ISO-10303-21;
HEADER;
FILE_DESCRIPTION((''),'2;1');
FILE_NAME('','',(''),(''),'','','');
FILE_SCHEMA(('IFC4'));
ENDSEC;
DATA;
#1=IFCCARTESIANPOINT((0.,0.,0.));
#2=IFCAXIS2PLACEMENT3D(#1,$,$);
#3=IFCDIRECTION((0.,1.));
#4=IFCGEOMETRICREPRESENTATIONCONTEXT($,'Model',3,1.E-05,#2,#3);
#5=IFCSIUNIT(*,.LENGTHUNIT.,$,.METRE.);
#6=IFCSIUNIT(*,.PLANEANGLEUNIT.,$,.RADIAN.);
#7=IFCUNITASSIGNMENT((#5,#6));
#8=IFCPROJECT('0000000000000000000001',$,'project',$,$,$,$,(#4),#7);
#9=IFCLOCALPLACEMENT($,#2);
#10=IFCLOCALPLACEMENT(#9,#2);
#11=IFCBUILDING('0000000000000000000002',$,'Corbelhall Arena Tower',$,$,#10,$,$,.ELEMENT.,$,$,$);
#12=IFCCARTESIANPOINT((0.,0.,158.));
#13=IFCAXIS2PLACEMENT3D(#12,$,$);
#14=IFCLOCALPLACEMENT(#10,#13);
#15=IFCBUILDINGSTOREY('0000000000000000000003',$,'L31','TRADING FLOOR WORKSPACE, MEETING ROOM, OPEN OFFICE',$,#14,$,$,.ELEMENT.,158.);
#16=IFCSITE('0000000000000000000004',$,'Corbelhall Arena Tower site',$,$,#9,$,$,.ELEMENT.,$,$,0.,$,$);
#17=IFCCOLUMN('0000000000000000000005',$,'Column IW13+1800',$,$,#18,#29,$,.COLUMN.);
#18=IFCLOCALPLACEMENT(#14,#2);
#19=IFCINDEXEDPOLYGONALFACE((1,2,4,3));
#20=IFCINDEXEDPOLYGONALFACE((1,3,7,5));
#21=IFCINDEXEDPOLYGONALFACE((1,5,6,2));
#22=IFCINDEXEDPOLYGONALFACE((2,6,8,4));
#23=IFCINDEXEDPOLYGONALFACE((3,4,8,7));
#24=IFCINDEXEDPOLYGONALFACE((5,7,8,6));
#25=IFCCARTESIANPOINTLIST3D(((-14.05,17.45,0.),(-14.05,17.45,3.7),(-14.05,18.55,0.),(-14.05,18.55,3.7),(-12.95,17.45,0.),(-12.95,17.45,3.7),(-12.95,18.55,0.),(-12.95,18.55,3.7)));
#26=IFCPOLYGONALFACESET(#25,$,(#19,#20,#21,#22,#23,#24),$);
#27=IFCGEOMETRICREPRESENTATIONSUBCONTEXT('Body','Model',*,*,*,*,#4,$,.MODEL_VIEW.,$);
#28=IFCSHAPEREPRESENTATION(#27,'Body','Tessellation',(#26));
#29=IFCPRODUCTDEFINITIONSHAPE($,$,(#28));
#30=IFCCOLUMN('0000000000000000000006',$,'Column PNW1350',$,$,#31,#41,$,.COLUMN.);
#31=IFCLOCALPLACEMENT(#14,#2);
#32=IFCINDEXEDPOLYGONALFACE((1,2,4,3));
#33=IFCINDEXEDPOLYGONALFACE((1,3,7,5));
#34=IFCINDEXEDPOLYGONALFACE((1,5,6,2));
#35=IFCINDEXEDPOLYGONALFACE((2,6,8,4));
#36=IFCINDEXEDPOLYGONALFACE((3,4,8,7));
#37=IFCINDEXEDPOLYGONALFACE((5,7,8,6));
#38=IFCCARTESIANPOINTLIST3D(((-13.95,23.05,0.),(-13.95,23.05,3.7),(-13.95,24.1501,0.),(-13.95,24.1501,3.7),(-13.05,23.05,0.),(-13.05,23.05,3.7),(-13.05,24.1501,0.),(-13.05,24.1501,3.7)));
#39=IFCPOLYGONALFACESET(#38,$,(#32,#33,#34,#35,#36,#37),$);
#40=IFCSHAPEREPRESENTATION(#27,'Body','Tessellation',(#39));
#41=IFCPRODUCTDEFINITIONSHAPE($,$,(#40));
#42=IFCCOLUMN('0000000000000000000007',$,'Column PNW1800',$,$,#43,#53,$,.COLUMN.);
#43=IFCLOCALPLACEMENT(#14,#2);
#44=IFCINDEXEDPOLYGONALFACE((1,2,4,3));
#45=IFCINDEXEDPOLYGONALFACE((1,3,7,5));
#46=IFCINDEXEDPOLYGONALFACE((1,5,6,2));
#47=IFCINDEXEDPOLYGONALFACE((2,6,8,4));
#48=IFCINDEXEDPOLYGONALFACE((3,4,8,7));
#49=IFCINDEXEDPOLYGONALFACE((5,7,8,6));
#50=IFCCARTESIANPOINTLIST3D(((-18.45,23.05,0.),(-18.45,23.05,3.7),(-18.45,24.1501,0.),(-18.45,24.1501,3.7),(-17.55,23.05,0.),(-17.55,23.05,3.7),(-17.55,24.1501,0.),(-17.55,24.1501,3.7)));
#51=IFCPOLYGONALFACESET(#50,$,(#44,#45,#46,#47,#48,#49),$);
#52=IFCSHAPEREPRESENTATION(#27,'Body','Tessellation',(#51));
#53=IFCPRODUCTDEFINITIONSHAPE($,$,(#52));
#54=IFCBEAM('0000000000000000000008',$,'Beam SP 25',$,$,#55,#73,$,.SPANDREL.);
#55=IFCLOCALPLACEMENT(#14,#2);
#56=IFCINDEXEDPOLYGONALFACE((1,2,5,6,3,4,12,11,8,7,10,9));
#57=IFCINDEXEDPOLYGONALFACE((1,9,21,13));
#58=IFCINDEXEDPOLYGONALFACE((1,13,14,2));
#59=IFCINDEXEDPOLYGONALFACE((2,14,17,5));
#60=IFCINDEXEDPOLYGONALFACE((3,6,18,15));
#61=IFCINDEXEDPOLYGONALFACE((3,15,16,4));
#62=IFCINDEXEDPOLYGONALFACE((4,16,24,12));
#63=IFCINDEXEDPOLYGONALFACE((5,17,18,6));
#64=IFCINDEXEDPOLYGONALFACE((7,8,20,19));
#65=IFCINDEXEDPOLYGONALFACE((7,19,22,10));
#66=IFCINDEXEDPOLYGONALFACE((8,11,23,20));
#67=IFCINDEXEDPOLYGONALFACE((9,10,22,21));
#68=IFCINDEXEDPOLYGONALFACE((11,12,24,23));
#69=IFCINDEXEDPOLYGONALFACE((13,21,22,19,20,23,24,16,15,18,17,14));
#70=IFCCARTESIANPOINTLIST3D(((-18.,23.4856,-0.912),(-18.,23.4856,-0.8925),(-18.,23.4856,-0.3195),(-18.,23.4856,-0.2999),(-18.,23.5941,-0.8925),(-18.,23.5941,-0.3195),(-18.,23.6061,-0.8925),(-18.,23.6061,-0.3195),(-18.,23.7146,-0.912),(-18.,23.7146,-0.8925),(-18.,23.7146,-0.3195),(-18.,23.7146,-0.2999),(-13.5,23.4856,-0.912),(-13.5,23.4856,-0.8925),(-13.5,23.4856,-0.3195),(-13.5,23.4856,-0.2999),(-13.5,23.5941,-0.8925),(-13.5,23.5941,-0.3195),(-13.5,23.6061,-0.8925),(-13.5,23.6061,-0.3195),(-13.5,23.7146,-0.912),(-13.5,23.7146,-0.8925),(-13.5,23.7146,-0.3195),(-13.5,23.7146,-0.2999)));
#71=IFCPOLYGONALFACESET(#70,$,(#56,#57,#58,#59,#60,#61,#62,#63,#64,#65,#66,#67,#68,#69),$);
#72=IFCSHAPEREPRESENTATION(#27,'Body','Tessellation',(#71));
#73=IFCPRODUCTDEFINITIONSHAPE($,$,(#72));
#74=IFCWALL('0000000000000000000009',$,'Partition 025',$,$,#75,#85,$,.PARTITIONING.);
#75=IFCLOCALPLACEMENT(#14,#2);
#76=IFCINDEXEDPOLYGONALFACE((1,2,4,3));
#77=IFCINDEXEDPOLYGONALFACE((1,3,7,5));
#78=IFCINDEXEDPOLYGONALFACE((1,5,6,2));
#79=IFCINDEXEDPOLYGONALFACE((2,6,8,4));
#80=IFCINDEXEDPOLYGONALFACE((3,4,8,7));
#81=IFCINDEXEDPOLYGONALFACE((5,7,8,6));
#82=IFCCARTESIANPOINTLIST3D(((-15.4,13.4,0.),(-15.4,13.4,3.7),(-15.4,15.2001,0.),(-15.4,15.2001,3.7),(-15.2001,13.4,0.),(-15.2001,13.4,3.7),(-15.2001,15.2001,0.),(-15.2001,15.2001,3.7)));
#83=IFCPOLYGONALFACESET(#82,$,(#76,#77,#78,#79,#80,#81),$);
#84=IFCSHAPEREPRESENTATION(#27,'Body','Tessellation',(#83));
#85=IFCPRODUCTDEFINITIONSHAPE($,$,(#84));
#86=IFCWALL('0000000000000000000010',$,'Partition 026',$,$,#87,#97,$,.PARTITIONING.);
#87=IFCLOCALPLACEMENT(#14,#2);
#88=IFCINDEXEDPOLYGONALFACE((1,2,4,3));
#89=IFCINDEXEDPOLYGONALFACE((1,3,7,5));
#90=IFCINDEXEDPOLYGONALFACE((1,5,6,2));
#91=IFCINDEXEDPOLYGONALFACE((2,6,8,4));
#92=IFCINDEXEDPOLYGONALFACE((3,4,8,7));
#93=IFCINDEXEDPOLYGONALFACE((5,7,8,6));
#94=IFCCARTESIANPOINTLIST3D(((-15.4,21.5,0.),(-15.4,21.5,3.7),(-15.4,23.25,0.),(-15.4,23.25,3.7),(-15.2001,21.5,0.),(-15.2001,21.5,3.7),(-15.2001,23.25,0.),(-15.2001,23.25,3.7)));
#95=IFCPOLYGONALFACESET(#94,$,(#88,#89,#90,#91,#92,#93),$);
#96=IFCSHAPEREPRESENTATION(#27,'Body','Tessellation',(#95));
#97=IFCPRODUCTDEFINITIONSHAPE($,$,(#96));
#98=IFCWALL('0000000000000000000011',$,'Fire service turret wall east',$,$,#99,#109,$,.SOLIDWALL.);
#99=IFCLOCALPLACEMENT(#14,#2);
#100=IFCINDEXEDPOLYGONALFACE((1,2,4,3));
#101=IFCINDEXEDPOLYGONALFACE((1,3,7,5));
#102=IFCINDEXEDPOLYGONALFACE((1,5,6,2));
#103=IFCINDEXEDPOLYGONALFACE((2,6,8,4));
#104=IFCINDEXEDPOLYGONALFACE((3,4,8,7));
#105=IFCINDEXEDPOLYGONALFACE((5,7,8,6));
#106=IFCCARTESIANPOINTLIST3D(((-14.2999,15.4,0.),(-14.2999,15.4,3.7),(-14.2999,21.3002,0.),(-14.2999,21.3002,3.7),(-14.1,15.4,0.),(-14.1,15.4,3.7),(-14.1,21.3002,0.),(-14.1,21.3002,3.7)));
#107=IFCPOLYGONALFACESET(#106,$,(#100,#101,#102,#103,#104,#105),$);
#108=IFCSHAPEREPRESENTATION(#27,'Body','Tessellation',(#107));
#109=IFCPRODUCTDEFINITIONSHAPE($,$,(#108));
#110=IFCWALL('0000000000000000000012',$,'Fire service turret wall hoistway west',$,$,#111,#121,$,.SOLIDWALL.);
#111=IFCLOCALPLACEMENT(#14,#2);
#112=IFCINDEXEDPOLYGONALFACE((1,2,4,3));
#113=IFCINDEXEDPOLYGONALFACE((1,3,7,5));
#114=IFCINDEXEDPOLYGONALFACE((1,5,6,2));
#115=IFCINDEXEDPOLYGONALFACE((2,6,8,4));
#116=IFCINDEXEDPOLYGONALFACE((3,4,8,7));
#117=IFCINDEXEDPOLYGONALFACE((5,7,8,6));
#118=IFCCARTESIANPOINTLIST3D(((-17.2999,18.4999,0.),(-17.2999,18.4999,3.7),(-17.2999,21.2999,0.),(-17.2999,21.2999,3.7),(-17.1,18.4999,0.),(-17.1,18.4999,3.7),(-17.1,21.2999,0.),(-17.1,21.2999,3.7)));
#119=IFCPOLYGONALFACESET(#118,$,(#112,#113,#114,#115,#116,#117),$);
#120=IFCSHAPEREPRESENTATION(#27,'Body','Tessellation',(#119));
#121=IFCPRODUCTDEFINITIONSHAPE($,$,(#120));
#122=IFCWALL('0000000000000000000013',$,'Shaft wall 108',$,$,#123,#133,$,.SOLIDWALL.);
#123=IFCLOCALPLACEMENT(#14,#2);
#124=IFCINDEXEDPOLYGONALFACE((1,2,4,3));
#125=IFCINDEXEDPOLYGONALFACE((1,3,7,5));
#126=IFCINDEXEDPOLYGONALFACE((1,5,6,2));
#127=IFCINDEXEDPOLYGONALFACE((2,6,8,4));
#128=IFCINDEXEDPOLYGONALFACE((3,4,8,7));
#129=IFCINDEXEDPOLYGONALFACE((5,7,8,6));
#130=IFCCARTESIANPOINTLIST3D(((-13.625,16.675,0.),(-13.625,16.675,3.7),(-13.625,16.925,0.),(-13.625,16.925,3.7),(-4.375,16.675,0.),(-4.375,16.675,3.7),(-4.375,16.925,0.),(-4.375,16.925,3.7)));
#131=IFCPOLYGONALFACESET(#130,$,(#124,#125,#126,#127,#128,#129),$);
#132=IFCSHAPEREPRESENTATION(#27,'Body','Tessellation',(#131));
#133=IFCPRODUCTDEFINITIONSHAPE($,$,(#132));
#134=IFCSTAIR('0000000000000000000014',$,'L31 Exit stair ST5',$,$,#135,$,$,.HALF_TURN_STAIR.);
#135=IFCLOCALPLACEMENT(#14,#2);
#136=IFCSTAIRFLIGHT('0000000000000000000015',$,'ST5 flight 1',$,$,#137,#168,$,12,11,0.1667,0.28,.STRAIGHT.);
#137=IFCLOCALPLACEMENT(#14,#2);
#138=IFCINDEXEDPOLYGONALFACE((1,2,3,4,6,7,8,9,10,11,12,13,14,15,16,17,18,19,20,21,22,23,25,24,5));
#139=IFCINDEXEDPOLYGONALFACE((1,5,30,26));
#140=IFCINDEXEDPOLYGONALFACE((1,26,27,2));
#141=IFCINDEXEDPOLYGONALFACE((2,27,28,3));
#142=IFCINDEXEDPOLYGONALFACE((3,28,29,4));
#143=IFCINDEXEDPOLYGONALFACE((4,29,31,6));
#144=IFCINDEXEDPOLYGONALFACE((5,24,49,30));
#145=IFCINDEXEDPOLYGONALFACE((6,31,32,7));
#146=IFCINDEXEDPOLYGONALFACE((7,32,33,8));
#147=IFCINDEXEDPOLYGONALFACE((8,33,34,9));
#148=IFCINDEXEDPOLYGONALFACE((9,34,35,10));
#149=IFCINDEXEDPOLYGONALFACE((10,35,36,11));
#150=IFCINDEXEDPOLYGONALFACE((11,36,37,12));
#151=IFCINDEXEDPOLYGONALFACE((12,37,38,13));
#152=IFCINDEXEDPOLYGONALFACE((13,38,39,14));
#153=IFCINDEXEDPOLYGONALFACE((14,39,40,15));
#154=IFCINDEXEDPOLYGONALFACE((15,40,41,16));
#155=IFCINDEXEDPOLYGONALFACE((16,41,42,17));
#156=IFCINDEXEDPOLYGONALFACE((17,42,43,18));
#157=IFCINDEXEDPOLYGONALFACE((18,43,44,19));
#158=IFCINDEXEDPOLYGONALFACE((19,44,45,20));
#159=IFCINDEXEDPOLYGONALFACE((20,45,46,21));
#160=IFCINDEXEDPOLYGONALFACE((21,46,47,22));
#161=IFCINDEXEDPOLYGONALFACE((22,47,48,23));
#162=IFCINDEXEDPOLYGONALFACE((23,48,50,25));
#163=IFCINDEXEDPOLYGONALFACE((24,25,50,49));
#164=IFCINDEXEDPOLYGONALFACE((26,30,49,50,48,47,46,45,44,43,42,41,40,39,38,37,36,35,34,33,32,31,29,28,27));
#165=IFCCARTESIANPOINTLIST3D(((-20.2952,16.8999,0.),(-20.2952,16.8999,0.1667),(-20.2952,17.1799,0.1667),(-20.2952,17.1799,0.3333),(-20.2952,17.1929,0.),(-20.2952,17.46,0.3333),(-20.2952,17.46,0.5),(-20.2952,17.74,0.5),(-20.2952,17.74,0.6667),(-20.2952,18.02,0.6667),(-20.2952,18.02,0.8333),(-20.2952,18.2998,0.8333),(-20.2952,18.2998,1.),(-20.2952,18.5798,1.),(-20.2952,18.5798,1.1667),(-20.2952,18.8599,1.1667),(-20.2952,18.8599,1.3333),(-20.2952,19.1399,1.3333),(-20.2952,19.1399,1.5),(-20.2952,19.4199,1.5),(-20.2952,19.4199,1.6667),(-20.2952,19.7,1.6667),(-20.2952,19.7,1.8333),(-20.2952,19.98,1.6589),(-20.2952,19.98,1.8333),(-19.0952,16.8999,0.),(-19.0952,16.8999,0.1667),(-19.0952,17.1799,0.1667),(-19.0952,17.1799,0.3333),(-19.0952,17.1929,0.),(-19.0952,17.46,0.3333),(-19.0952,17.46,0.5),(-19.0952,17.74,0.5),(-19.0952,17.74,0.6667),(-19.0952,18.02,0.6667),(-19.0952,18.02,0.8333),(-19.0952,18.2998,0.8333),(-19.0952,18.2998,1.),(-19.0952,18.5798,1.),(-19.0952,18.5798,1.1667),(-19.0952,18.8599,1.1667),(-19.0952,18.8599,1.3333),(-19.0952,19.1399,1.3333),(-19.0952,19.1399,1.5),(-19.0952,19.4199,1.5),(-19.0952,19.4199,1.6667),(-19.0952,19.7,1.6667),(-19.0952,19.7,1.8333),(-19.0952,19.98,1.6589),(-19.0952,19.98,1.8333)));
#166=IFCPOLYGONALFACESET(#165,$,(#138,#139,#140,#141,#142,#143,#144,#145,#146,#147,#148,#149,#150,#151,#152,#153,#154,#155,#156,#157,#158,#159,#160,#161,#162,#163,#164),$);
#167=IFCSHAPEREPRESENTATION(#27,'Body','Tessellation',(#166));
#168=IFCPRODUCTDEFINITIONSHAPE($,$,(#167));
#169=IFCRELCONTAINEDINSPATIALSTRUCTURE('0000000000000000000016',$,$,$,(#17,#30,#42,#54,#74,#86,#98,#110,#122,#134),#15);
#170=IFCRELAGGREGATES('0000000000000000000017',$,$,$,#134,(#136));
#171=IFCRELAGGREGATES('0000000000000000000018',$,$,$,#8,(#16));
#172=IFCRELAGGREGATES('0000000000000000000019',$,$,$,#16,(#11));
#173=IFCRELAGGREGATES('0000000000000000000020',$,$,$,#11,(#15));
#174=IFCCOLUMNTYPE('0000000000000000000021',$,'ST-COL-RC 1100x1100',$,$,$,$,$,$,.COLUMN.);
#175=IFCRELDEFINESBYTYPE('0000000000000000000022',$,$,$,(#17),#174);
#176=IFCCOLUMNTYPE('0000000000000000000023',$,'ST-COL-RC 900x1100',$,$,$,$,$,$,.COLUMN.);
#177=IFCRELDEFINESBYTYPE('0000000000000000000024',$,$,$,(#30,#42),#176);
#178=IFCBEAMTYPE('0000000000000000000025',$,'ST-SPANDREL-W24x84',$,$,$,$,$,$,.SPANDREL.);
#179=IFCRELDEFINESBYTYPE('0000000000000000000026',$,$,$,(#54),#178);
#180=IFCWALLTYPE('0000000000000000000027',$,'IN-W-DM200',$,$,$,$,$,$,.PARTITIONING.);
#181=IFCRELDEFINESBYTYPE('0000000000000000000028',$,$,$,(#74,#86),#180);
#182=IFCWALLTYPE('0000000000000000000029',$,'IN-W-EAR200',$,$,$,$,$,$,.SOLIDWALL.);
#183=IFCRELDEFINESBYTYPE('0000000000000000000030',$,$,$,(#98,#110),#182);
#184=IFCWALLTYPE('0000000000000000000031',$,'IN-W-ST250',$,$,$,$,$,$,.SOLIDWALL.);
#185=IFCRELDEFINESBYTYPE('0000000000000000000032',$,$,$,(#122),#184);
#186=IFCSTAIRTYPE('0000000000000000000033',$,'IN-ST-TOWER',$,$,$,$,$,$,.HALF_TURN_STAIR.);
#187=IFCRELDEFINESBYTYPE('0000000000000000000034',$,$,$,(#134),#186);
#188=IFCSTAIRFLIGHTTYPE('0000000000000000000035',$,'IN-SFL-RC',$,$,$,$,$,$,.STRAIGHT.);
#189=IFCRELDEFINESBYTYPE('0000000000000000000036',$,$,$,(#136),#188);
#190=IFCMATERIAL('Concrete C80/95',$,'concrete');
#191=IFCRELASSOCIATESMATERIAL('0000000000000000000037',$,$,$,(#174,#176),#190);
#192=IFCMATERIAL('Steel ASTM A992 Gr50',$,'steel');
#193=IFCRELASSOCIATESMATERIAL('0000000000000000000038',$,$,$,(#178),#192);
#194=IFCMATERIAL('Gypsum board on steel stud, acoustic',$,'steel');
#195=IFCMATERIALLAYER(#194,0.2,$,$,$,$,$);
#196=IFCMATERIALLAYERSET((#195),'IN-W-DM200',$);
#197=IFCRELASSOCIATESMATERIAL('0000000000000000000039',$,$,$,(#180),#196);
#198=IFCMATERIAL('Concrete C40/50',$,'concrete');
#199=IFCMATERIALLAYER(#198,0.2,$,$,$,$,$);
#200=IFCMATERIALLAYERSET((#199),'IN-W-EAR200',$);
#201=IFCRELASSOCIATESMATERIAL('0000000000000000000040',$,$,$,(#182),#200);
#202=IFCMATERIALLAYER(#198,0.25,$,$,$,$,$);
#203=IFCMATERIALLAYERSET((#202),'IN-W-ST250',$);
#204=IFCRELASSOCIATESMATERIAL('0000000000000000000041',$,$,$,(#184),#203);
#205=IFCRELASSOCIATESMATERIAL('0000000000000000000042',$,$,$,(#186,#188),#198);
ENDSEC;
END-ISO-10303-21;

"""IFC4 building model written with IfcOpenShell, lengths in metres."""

from ifc_helpers import new_model, si_unit, direction, frame, frame_2d, origin, origin_2d, place, context, subcontext, project, spatial, polyline, rectangle, i_section, outline, extrude, material, layer, layer_set, material_profile, profile_set, type_object, element, aggregate, save


model = new_model("IFC4")

# Units and contexts
model_context = context("Model", 3, precision=1e-05, world=origin(), true_north=direction((0.0, 1.0)))
body_context = subcontext(model_context, "Body", "Model", "MODEL_VIEW")
ifc_project = project(units=[si_unit("LENGTHUNIT", "METRE"), si_unit("PLANEANGLEUNIT", "RADIAN")], contexts=[model_context])

# Site, building, storey
site_placement = place(None, origin())
site = spatial("IfcSite", under=ifc_project, at=site_placement, Name="Corbelhall Arena Tower site", CompositionType="ELEMENT", RefElevation=0.0)
building_placement = place(site_placement, origin())
building = spatial("IfcBuilding", under=site, at=building_placement, Name="Corbelhall Arena Tower", CompositionType="ELEMENT")
storey_placement = place(building_placement, frame((0.0, 0.0, 158.0)))
storey = spatial("IfcBuildingStorey", under=building, at=storey_placement, Name="L31", Description="TRADING FLOOR WORKSPACE, MEETING ROOM, OPEN OFFICE", CompositionType="ELEMENT", Elevation=158.0)

# Columns
ifc_material_1 = material(Name="Concrete C80/95", Category="concrete")
ifc_material_profile_1 = material_profile(ifc_material_1, rectangle(XDim=1.1001, YDim=1.1001, at=origin_2d()))
ifc_profile_set_1 = profile_set([ifc_material_profile_1], Name="Concrete C80/95")
column_type_1 = type_object("IfcColumnType", Name="ST-COL-RC 1100x1100", PredefinedType="COLUMN", material=ifc_profile_set_1)
column_placement = place(storey_placement, frame((-13.5, 18.0, 0.0), z_axis=(0.0, 0.0, 1.0), x_axis=(1.0, 0.0, 0.0)))
element("IfcColumn", 1, at=column_placement, inside=storey, type_object=column_type_1, Name="Column IW13+1800", PredefinedType="COLUMN", context=body_context, shape_type="SweptSolid", body=[
    extrude(rectangle(XDim=1.1001, YDim=1.1001, at=origin_2d()), origin(), (0.0, 0.0, 1.0), 3.7),
])
ifc_material_profile_2 = material_profile(ifc_material_1, rectangle(XDim=0.8999, YDim=1.1001, at=origin_2d()))
ifc_profile_set_2 = profile_set([ifc_material_profile_2], Name="Concrete C80/95")
column_type_2 = type_object("IfcColumnType", Name="ST-COL-RC 900x1100", PredefinedType="COLUMN", material=ifc_profile_set_2)
for number, where, z_axis, x_axis, name in (
    (2, (-13.5, 23.6001, 0.0), (0.0, 0.0, 1.0), (1.0, 0.0, 0.0), "Column PNW1350"),
    (3, (-18.0, 23.6001, 0.0), (0.0, 0.0, 1.0), (1.0, 0.0, 0.0), "Column PNW1800"),
):
    element("IfcColumn", number, at=place(storey_placement, frame(where, z_axis=z_axis, x_axis=x_axis)), inside=storey, type_object=column_type_2, Name=name, PredefinedType="COLUMN", context=body_context, shape_type="SweptSolid", body=[
        extrude(rectangle(XDim=0.8999, YDim=1.1001, at=origin_2d()), origin(), (0.0, 0.0, 1.0), 3.7),
    ])

# Beam
ifc_material_2 = material(Name="Steel ASTM A992 Gr50", Category="steel")
ifc_material_profile_3 = material_profile(ifc_material_2, i_section(OverallWidth=0.229, OverallDepth=0.6121, WebThickness=0.012, FlangeThickness=0.0195, at=origin_2d()))
ifc_profile_set_3 = profile_set([ifc_material_profile_3], Name="Steel ASTM A992 Gr50")
beam_type = type_object("IfcBeamType", Name="ST-SPANDREL-W24x84", PredefinedType="SPANDREL", material=ifc_profile_set_3)
beam_placement = place(storey_placement, frame((-18.0, 23.6001, -0.606), z_axis=(1.0, 0.0, 0.0), x_axis=(0.0, 1.0, 0.0)))
element("IfcBeam", 4, at=beam_placement, inside=storey, type_object=beam_type, Name="Beam SP 25", PredefinedType="SPANDREL", context=body_context, shape_type="SweptSolid", body=[
    extrude(i_section(OverallWidth=0.229, OverallDepth=0.6121, WebThickness=0.012, FlangeThickness=0.0195, at=origin_2d()), origin(), (0.0, 0.0, 1.0), 4.5),
])

# Walls
ifc_material_3 = material(Name="Gypsum board on steel stud, acoustic", Category="steel")
ifc_layer_1 = layer(ifc_material_3, 0.2)
ifc_layer_set_1 = layer_set([ifc_layer_1], Name="IN-W-DM200")
wall_type_1 = type_object("IfcWallType", Name="IN-W-DM200", PredefinedType="PARTITIONING", material=ifc_layer_set_1)
wall_1_placement = place(storey_placement, frame((-15.3, 15.2, 0.0), z_axis=(0.0, 0.0, 1.0), x_axis=(0.0, -1.0, 0.0)))
element("IfcWall", 5, at=wall_1_placement, inside=storey, type_object=wall_type_1, Name="Partition 025", PredefinedType="PARTITIONING", context=body_context, shape_type="SweptSolid", body=[
    extrude(rectangle(XDim=1.8, YDim=0.2, at=frame_2d((0.8999, 0.0))), origin(), (0.0, 0.0, 1.0), 3.7),
])
wall_2_placement = place(storey_placement, frame((-15.3, 23.25, 0.0), z_axis=(0.0, 0.0, 1.0), x_axis=(0.0, -1.0, 0.0)))
element("IfcWall", 6, at=wall_2_placement, inside=storey, type_object=wall_type_1, Name="Partition 026", PredefinedType="PARTITIONING", context=body_context, shape_type="SweptSolid", body=[
    extrude(rectangle(XDim=1.75, YDim=0.2, at=frame_2d((0.875, 0.0))), origin(), (0.0, 0.0, 1.0), 3.7),
])
ifc_material_4 = material(Name="Concrete C40/50", Category="concrete")
ifc_layer_2 = layer(ifc_material_4, 0.2)
ifc_layer_set_2 = layer_set([ifc_layer_2], Name="IN-W-EAR200")
wall_type_2 = type_object("IfcWallType", Name="IN-W-EAR200", PredefinedType="SOLIDWALL", material=ifc_layer_set_2)
wall_3_placement = place(storey_placement, frame((-14.2, 15.3999, 0.0), z_axis=(0.0, 0.0, 1.0), x_axis=(0.0, 1.0, 0.0)))
element("IfcWall", 7, at=wall_3_placement, inside=storey, type_object=wall_type_2, Name="Fire service turret wall east", PredefinedType="SOLIDWALL", context=body_context, shape_type="SweptSolid", body=[
    extrude(rectangle(XDim=5.9001, YDim=0.2, at=frame_2d((2.9502, 0.0))), origin(), (0.0, 0.0, 1.0), 3.7),
])

# Wall
wall_4_placement = place(storey_placement, frame((-17.2, 18.5, 0.0), z_axis=(0.0, 0.0, 1.0), x_axis=(0.0, 1.0, 0.0)))
element("IfcWall", 8, at=wall_4_placement, inside=storey, type_object=wall_type_2, Name="Fire service turret wall hoistway west", PredefinedType="SOLIDWALL", context=body_context, shape_type="SweptSolid", body=[
    extrude(rectangle(XDim=2.8, YDim=0.2, at=frame_2d((1.3999, 0.0))), origin(), (0.0, 0.0, 1.0), 3.7),
])

# Wall
ifc_layer_3 = layer(ifc_material_4, 0.25)
ifc_layer_set_3 = layer_set([ifc_layer_3], Name="IN-W-ST250")
wall_type_3 = type_object("IfcWallType", Name="IN-W-ST250", PredefinedType="SOLIDWALL", material=ifc_layer_set_3)
wall_5_placement = place(storey_placement, frame((-13.625, 16.8, 0.0), z_axis=(0.0, 0.0, 1.0), x_axis=(1.0, 0.0, 0.0)))
element("IfcWall", 9, at=wall_5_placement, inside=storey, type_object=wall_type_3, Name="Shaft wall 108", PredefinedType="SOLIDWALL", context=body_context, shape_type="SweptSolid", body=[
    extrude(rectangle(XDim=9.25, YDim=0.25, at=frame_2d((4.625, 0.0))), origin(), (0.0, 0.0, 1.0), 3.7),
])

# Stair, stair flight
stair_type = type_object("IfcStairType", Name="IN-ST-TOWER", PredefinedType="HALF_TURN_STAIR", material=ifc_material_4)
stair_placement = place(storey_placement, origin())
stair = element("IfcStair", 10, at=stair_placement, inside=storey, type_object=stair_type, Name="L31 Exit stair ST5", PredefinedType="HALF_TURN_STAIR")
stair_flight_type = type_object("IfcStairFlightType", Name="IN-SFL-RC", PredefinedType="STRAIGHT", material=ifc_material_4)
stair_flight_placement = place(storey_placement, frame((-19.6951, 16.8999, 0.0), z_axis=(0.0, 0.0, 1.0), x_axis=(0.0, 1.0, 0.0)))
stair_flight = element("IfcStairFlight", 11, at=stair_flight_placement, type_object=stair_flight_type, Name="ST5 flight 1", NumberOfRisers=12, NumberOfTreads=11, PredefinedType="STRAIGHT", RiserHeight=0.1667, TreadLength=0.28, context=body_context, shape_type="SweptSolid", body=[
    extrude(outline(polyline([(0.0, 0.0), (0.0, 0.1667), (0.28, 0.1667), (0.28, 0.3333), (0.5601, 0.3333), (0.5601, 0.5), (0.8401, 0.5), (0.8401, 0.6667), (1.1201, 0.6667), (1.1201, 0.8333), (1.3999, 0.8333), (1.3999, 1.0), (1.6799, 1.0), (1.6799, 1.1667), (1.96, 1.1667), (1.96, 1.3333), (2.24, 1.3333), (2.24, 1.5), (2.52, 1.5), (2.52, 1.6667), (2.8, 1.6667), (2.8, 1.8333), (3.0801, 1.8333), (3.0801, 2.0), (3.0801, 1.6589), (0.293, 0.0), (0.0, 0.0)])), frame((0.0, 0.6001, 0.0), z_axis=(0.0, -1.0, 0.0), x_axis=(1.0, 0.0, 0.0)), (0.0, 0.0, 1.0), 1.2),
])
aggregate(stair, [stair_flight])

save(model, "model.ifc")
